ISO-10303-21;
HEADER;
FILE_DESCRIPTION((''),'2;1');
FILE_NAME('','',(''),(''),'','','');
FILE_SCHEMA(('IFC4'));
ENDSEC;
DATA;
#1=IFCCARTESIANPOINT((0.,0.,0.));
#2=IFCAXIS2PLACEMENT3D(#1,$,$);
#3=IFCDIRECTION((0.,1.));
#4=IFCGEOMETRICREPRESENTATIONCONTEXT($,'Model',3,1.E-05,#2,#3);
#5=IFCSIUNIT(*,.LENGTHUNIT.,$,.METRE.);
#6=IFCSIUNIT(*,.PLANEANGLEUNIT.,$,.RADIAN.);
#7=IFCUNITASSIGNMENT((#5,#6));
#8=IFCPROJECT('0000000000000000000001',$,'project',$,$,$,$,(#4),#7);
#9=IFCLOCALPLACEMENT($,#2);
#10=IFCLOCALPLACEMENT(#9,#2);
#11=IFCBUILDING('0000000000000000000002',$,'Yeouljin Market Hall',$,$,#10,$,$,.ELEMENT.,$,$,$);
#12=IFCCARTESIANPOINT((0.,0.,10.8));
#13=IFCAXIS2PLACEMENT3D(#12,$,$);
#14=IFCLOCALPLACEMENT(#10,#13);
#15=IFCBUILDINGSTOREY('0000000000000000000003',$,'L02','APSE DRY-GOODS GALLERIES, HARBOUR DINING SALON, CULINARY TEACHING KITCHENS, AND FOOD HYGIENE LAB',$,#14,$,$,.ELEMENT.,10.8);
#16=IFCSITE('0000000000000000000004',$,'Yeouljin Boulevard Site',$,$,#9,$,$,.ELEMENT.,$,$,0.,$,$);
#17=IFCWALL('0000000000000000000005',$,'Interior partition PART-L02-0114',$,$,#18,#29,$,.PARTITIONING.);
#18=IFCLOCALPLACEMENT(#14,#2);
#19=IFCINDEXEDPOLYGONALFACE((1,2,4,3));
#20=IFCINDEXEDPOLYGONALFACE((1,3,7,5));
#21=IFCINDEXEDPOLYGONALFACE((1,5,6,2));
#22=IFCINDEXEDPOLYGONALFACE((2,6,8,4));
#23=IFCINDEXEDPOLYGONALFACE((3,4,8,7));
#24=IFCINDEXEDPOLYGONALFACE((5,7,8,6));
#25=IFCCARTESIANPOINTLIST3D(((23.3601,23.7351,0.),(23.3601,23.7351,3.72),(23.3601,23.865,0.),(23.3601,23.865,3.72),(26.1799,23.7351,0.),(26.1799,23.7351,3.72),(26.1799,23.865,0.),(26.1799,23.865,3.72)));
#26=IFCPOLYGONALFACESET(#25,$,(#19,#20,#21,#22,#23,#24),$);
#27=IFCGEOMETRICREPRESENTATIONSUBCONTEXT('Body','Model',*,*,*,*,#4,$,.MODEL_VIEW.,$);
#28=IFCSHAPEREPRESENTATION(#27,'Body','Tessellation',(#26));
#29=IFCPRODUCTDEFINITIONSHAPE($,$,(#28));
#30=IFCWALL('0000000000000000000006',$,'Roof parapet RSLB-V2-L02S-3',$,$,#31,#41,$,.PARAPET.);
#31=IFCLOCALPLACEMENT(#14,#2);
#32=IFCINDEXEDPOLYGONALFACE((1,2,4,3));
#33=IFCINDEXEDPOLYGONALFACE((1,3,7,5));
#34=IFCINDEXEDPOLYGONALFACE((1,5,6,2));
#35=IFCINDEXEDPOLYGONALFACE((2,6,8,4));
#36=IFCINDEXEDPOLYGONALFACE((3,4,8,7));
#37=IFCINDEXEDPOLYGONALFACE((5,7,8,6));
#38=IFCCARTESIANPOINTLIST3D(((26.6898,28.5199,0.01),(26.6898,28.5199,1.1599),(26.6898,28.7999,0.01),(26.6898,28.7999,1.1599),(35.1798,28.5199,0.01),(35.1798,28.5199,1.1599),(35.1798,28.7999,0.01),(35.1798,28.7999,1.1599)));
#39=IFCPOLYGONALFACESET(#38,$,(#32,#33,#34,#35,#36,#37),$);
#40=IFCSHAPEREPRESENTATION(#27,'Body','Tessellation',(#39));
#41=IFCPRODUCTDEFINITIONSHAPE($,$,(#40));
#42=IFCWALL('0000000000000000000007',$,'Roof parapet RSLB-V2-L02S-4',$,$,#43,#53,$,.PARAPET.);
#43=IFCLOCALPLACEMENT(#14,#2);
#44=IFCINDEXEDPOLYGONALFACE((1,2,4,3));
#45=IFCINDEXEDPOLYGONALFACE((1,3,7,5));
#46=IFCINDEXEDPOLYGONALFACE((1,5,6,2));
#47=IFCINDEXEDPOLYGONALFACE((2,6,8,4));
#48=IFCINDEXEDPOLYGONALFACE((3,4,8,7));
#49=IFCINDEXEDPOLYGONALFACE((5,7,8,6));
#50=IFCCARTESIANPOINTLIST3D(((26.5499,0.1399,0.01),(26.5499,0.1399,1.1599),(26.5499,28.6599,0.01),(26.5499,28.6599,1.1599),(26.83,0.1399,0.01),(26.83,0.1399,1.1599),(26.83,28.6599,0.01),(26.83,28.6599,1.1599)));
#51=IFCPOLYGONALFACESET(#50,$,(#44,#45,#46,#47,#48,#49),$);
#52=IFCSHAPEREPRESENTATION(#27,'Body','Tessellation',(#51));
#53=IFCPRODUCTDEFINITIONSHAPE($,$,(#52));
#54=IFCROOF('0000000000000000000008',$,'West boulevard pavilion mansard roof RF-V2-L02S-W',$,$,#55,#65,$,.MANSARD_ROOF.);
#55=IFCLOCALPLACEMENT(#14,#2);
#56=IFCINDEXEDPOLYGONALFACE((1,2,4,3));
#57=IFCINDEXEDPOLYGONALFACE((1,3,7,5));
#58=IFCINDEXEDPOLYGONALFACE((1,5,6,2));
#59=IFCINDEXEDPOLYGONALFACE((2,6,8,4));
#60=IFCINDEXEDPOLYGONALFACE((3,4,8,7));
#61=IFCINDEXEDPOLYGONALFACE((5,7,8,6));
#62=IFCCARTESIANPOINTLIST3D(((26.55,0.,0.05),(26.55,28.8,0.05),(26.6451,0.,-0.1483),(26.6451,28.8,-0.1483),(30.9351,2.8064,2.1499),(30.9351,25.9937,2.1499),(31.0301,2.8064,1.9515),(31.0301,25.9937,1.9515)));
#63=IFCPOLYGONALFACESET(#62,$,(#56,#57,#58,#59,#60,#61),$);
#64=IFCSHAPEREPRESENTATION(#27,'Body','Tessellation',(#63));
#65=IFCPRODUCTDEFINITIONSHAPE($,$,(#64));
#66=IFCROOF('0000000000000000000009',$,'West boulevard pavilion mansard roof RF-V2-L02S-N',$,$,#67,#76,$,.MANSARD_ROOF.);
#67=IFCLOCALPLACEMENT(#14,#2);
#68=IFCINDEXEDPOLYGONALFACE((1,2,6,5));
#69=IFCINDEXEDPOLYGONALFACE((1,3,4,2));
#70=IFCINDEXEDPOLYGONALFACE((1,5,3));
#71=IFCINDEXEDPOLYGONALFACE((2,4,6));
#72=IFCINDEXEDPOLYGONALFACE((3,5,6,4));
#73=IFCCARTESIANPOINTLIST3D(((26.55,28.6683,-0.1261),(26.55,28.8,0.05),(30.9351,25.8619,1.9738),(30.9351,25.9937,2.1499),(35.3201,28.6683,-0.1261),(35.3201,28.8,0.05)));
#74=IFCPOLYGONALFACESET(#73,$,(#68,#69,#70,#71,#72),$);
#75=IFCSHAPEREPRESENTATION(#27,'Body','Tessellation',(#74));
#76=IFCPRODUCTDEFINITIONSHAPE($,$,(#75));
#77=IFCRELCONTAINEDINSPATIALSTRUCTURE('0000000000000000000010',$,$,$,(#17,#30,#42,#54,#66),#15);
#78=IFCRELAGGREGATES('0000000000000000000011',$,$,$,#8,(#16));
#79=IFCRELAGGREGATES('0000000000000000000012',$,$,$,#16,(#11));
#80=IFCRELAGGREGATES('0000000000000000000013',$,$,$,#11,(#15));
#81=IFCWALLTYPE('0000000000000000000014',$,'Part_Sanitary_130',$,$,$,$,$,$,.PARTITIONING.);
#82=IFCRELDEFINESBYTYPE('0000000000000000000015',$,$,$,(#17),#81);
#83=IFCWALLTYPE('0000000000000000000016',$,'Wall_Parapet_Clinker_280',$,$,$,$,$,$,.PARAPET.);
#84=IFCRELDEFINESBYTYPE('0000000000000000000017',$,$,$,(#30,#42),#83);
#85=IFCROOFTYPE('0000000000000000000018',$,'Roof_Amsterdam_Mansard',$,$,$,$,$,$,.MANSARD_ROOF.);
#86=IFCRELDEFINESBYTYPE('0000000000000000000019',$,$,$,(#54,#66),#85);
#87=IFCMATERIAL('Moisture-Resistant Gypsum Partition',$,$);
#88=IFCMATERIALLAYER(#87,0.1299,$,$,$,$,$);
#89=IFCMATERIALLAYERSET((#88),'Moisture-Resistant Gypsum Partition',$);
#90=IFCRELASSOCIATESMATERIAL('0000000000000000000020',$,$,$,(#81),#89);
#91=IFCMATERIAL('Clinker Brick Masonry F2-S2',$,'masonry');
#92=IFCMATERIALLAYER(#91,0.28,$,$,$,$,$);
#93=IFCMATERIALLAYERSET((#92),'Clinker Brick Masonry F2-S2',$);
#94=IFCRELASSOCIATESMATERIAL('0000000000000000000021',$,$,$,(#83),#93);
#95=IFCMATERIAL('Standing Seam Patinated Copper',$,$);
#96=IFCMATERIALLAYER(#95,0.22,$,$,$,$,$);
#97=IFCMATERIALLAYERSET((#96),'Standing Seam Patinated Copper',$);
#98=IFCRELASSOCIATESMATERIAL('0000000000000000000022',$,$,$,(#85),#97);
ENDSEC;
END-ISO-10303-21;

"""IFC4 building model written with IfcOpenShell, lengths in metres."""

from ifc_helpers import new_model, si_unit, direction, frame, frame_2d, origin, place, context, subcontext, project, spatial, polyline, rectangle, outline, extrude, material, layer, layer_set, type_object, element, save


model = new_model("IFC4")

# Units and contexts
model_context = context("Model", 3, precision=1e-05, world=origin(), true_north=direction((0.0, 1.0)))
body_context = subcontext(model_context, "Body", "Model", "MODEL_VIEW")
ifc_project = project(units=[si_unit("LENGTHUNIT", "METRE"), si_unit("PLANEANGLEUNIT", "RADIAN")], contexts=[model_context])

# Site, building, storey
site_placement = place(None, origin())
site = spatial("IfcSite", under=ifc_project, at=site_placement, Name="Yeouljin Boulevard Site", CompositionType="ELEMENT", RefElevation=0.0)
building_placement = place(site_placement, origin())
building = spatial("IfcBuilding", under=site, at=building_placement, Name="Yeouljin Market Hall", CompositionType="ELEMENT")
storey_placement = place(building_placement, frame((0.0, 0.0, 10.8)))
storey = spatial("IfcBuildingStorey", under=building, at=storey_placement, Name="L02", Description="APSE DRY-GOODS GALLERIES, HARBOUR DINING SALON, CULINARY TEACHING KITCHENS, AND FOOD HYGIENE LAB", CompositionType="ELEMENT", Elevation=10.8)

# Shared definitions
ifc_material_1 = material(Name="Moisture-Resistant Gypsum Partition")
ifc_layer_1 = layer(ifc_material_1, 0.1299)
ifc_layer_set_1 = layer_set([ifc_layer_1], Name="Moisture-Resistant Gypsum Partition")
wall_type_1 = type_object("IfcWallType", Name="Part_Sanitary_130", PredefinedType="PARTITIONING", material=ifc_layer_set_1)

# Walls
wall_1_placement = place(storey_placement, frame((26.1799, 23.8, 0.0), z_axis=(0.0, 0.0, 1.0), x_axis=(-1.0, 0.0, 0.0)))
element("IfcWall", 1, at=wall_1_placement, inside=storey, type_object=wall_type_1, Name="Interior partition PART-L02-0114", PredefinedType="PARTITIONING", context=body_context, shape_type="SweptSolid", body=[
    extrude(rectangle(XDim=2.8198, YDim=0.1299, at=frame_2d((1.4099, 0.0))), origin(), (0.0, 0.0, 1.0), 3.72),
])
ifc_material_2 = material(Name="Clinker Brick Masonry F2-S2", Category="masonry")
ifc_layer_2 = layer(ifc_material_2, 0.28)
ifc_layer_set_2 = layer_set([ifc_layer_2], Name="Clinker Brick Masonry F2-S2")
wall_type_2 = type_object("IfcWallType", Name="Wall_Parapet_Clinker_280", PredefinedType="PARAPET", material=ifc_layer_set_2)
wall_2_placement = place(storey_placement, frame((35.1799, 28.6599, 0.01), z_axis=(0.0, 0.0, 1.0), x_axis=(-1.0, 0.0, 0.0)))
element("IfcWall", 2, at=wall_2_placement, inside=storey, type_object=wall_type_2, Name="Roof parapet RSLB-V2-L02S-3", PredefinedType="PARAPET", context=body_context, shape_type="SweptSolid", body=[
    extrude(rectangle(XDim=8.49, YDim=0.28, at=frame_2d((4.2451, 0.0))), origin(), (0.0, 0.0, 1.0), 1.1499),
])
wall_3_placement = place(storey_placement, frame((26.6899, 28.6599, 0.01), z_axis=(0.0, 0.0, 1.0), x_axis=(0.0, -1.0, 0.0)))
element("IfcWall", 3, at=wall_3_placement, inside=storey, type_object=wall_type_2, Name="Roof parapet RSLB-V2-L02S-4", PredefinedType="PARAPET", context=body_context, shape_type="SweptSolid", body=[
    extrude(rectangle(XDim=28.52, YDim=0.28, at=frame_2d((14.26, 0.0))), origin(), (0.0, 0.0, 1.0), 1.1499),
])

# Roofs
ifc_material_3 = material(Name="Standing Seam Patinated Copper")
ifc_layer_3 = layer(ifc_material_3, 0.22)
ifc_layer_set_3 = layer_set([ifc_layer_3], Name="Standing Seam Patinated Copper")
roof_type = type_object("IfcRoofType", Name="Roof_Amsterdam_Mansard", PredefinedType="MANSARD_ROOF", material=ifc_layer_set_3)
roof_1_placement = place(storey_placement, frame((26.55, 28.8, 0.05), z_axis=(-0.431903, 0.0, 0.90192), x_axis=(0.0, -1.0, 0.0)))
element("IfcRoof", 4, at=roof_1_placement, inside=storey, type_object=roof_type, Name="West boulevard pavilion mansard roof RF-V2-L02S-W", PredefinedType="MANSARD_ROOF", context=body_context, shape_type="SweptSolid", body=[
    extrude(outline(polyline([(0.0, 0.0), (28.8, 0.0), (25.9937, 4.8619), (2.8064, 4.8619), (0.0, 0.0)])), origin(), (0.0, 0.0, -1.0), 0.22),
])
roof_2_placement = place(storey_placement, frame((35.3201, 28.8, 0.05), z_axis=(0.0, 0.599097, 0.800677), x_axis=(-1.0, 0.0, 0.0)))
element("IfcRoof", 5, at=roof_2_placement, inside=storey, type_object=roof_type, Name="West boulevard pavilion mansard roof RF-V2-L02S-N", PredefinedType="MANSARD_ROOF", context=body_context, shape_type="SweptSolid", body=[
    extrude(outline(polyline([(0.0, 0.0), (8.77, 0.0), (4.385, 3.505), (0.0, 0.0)])), origin(), (0.0, 0.0, -1.0), 0.22),
])

save(model, "model.ifc")
